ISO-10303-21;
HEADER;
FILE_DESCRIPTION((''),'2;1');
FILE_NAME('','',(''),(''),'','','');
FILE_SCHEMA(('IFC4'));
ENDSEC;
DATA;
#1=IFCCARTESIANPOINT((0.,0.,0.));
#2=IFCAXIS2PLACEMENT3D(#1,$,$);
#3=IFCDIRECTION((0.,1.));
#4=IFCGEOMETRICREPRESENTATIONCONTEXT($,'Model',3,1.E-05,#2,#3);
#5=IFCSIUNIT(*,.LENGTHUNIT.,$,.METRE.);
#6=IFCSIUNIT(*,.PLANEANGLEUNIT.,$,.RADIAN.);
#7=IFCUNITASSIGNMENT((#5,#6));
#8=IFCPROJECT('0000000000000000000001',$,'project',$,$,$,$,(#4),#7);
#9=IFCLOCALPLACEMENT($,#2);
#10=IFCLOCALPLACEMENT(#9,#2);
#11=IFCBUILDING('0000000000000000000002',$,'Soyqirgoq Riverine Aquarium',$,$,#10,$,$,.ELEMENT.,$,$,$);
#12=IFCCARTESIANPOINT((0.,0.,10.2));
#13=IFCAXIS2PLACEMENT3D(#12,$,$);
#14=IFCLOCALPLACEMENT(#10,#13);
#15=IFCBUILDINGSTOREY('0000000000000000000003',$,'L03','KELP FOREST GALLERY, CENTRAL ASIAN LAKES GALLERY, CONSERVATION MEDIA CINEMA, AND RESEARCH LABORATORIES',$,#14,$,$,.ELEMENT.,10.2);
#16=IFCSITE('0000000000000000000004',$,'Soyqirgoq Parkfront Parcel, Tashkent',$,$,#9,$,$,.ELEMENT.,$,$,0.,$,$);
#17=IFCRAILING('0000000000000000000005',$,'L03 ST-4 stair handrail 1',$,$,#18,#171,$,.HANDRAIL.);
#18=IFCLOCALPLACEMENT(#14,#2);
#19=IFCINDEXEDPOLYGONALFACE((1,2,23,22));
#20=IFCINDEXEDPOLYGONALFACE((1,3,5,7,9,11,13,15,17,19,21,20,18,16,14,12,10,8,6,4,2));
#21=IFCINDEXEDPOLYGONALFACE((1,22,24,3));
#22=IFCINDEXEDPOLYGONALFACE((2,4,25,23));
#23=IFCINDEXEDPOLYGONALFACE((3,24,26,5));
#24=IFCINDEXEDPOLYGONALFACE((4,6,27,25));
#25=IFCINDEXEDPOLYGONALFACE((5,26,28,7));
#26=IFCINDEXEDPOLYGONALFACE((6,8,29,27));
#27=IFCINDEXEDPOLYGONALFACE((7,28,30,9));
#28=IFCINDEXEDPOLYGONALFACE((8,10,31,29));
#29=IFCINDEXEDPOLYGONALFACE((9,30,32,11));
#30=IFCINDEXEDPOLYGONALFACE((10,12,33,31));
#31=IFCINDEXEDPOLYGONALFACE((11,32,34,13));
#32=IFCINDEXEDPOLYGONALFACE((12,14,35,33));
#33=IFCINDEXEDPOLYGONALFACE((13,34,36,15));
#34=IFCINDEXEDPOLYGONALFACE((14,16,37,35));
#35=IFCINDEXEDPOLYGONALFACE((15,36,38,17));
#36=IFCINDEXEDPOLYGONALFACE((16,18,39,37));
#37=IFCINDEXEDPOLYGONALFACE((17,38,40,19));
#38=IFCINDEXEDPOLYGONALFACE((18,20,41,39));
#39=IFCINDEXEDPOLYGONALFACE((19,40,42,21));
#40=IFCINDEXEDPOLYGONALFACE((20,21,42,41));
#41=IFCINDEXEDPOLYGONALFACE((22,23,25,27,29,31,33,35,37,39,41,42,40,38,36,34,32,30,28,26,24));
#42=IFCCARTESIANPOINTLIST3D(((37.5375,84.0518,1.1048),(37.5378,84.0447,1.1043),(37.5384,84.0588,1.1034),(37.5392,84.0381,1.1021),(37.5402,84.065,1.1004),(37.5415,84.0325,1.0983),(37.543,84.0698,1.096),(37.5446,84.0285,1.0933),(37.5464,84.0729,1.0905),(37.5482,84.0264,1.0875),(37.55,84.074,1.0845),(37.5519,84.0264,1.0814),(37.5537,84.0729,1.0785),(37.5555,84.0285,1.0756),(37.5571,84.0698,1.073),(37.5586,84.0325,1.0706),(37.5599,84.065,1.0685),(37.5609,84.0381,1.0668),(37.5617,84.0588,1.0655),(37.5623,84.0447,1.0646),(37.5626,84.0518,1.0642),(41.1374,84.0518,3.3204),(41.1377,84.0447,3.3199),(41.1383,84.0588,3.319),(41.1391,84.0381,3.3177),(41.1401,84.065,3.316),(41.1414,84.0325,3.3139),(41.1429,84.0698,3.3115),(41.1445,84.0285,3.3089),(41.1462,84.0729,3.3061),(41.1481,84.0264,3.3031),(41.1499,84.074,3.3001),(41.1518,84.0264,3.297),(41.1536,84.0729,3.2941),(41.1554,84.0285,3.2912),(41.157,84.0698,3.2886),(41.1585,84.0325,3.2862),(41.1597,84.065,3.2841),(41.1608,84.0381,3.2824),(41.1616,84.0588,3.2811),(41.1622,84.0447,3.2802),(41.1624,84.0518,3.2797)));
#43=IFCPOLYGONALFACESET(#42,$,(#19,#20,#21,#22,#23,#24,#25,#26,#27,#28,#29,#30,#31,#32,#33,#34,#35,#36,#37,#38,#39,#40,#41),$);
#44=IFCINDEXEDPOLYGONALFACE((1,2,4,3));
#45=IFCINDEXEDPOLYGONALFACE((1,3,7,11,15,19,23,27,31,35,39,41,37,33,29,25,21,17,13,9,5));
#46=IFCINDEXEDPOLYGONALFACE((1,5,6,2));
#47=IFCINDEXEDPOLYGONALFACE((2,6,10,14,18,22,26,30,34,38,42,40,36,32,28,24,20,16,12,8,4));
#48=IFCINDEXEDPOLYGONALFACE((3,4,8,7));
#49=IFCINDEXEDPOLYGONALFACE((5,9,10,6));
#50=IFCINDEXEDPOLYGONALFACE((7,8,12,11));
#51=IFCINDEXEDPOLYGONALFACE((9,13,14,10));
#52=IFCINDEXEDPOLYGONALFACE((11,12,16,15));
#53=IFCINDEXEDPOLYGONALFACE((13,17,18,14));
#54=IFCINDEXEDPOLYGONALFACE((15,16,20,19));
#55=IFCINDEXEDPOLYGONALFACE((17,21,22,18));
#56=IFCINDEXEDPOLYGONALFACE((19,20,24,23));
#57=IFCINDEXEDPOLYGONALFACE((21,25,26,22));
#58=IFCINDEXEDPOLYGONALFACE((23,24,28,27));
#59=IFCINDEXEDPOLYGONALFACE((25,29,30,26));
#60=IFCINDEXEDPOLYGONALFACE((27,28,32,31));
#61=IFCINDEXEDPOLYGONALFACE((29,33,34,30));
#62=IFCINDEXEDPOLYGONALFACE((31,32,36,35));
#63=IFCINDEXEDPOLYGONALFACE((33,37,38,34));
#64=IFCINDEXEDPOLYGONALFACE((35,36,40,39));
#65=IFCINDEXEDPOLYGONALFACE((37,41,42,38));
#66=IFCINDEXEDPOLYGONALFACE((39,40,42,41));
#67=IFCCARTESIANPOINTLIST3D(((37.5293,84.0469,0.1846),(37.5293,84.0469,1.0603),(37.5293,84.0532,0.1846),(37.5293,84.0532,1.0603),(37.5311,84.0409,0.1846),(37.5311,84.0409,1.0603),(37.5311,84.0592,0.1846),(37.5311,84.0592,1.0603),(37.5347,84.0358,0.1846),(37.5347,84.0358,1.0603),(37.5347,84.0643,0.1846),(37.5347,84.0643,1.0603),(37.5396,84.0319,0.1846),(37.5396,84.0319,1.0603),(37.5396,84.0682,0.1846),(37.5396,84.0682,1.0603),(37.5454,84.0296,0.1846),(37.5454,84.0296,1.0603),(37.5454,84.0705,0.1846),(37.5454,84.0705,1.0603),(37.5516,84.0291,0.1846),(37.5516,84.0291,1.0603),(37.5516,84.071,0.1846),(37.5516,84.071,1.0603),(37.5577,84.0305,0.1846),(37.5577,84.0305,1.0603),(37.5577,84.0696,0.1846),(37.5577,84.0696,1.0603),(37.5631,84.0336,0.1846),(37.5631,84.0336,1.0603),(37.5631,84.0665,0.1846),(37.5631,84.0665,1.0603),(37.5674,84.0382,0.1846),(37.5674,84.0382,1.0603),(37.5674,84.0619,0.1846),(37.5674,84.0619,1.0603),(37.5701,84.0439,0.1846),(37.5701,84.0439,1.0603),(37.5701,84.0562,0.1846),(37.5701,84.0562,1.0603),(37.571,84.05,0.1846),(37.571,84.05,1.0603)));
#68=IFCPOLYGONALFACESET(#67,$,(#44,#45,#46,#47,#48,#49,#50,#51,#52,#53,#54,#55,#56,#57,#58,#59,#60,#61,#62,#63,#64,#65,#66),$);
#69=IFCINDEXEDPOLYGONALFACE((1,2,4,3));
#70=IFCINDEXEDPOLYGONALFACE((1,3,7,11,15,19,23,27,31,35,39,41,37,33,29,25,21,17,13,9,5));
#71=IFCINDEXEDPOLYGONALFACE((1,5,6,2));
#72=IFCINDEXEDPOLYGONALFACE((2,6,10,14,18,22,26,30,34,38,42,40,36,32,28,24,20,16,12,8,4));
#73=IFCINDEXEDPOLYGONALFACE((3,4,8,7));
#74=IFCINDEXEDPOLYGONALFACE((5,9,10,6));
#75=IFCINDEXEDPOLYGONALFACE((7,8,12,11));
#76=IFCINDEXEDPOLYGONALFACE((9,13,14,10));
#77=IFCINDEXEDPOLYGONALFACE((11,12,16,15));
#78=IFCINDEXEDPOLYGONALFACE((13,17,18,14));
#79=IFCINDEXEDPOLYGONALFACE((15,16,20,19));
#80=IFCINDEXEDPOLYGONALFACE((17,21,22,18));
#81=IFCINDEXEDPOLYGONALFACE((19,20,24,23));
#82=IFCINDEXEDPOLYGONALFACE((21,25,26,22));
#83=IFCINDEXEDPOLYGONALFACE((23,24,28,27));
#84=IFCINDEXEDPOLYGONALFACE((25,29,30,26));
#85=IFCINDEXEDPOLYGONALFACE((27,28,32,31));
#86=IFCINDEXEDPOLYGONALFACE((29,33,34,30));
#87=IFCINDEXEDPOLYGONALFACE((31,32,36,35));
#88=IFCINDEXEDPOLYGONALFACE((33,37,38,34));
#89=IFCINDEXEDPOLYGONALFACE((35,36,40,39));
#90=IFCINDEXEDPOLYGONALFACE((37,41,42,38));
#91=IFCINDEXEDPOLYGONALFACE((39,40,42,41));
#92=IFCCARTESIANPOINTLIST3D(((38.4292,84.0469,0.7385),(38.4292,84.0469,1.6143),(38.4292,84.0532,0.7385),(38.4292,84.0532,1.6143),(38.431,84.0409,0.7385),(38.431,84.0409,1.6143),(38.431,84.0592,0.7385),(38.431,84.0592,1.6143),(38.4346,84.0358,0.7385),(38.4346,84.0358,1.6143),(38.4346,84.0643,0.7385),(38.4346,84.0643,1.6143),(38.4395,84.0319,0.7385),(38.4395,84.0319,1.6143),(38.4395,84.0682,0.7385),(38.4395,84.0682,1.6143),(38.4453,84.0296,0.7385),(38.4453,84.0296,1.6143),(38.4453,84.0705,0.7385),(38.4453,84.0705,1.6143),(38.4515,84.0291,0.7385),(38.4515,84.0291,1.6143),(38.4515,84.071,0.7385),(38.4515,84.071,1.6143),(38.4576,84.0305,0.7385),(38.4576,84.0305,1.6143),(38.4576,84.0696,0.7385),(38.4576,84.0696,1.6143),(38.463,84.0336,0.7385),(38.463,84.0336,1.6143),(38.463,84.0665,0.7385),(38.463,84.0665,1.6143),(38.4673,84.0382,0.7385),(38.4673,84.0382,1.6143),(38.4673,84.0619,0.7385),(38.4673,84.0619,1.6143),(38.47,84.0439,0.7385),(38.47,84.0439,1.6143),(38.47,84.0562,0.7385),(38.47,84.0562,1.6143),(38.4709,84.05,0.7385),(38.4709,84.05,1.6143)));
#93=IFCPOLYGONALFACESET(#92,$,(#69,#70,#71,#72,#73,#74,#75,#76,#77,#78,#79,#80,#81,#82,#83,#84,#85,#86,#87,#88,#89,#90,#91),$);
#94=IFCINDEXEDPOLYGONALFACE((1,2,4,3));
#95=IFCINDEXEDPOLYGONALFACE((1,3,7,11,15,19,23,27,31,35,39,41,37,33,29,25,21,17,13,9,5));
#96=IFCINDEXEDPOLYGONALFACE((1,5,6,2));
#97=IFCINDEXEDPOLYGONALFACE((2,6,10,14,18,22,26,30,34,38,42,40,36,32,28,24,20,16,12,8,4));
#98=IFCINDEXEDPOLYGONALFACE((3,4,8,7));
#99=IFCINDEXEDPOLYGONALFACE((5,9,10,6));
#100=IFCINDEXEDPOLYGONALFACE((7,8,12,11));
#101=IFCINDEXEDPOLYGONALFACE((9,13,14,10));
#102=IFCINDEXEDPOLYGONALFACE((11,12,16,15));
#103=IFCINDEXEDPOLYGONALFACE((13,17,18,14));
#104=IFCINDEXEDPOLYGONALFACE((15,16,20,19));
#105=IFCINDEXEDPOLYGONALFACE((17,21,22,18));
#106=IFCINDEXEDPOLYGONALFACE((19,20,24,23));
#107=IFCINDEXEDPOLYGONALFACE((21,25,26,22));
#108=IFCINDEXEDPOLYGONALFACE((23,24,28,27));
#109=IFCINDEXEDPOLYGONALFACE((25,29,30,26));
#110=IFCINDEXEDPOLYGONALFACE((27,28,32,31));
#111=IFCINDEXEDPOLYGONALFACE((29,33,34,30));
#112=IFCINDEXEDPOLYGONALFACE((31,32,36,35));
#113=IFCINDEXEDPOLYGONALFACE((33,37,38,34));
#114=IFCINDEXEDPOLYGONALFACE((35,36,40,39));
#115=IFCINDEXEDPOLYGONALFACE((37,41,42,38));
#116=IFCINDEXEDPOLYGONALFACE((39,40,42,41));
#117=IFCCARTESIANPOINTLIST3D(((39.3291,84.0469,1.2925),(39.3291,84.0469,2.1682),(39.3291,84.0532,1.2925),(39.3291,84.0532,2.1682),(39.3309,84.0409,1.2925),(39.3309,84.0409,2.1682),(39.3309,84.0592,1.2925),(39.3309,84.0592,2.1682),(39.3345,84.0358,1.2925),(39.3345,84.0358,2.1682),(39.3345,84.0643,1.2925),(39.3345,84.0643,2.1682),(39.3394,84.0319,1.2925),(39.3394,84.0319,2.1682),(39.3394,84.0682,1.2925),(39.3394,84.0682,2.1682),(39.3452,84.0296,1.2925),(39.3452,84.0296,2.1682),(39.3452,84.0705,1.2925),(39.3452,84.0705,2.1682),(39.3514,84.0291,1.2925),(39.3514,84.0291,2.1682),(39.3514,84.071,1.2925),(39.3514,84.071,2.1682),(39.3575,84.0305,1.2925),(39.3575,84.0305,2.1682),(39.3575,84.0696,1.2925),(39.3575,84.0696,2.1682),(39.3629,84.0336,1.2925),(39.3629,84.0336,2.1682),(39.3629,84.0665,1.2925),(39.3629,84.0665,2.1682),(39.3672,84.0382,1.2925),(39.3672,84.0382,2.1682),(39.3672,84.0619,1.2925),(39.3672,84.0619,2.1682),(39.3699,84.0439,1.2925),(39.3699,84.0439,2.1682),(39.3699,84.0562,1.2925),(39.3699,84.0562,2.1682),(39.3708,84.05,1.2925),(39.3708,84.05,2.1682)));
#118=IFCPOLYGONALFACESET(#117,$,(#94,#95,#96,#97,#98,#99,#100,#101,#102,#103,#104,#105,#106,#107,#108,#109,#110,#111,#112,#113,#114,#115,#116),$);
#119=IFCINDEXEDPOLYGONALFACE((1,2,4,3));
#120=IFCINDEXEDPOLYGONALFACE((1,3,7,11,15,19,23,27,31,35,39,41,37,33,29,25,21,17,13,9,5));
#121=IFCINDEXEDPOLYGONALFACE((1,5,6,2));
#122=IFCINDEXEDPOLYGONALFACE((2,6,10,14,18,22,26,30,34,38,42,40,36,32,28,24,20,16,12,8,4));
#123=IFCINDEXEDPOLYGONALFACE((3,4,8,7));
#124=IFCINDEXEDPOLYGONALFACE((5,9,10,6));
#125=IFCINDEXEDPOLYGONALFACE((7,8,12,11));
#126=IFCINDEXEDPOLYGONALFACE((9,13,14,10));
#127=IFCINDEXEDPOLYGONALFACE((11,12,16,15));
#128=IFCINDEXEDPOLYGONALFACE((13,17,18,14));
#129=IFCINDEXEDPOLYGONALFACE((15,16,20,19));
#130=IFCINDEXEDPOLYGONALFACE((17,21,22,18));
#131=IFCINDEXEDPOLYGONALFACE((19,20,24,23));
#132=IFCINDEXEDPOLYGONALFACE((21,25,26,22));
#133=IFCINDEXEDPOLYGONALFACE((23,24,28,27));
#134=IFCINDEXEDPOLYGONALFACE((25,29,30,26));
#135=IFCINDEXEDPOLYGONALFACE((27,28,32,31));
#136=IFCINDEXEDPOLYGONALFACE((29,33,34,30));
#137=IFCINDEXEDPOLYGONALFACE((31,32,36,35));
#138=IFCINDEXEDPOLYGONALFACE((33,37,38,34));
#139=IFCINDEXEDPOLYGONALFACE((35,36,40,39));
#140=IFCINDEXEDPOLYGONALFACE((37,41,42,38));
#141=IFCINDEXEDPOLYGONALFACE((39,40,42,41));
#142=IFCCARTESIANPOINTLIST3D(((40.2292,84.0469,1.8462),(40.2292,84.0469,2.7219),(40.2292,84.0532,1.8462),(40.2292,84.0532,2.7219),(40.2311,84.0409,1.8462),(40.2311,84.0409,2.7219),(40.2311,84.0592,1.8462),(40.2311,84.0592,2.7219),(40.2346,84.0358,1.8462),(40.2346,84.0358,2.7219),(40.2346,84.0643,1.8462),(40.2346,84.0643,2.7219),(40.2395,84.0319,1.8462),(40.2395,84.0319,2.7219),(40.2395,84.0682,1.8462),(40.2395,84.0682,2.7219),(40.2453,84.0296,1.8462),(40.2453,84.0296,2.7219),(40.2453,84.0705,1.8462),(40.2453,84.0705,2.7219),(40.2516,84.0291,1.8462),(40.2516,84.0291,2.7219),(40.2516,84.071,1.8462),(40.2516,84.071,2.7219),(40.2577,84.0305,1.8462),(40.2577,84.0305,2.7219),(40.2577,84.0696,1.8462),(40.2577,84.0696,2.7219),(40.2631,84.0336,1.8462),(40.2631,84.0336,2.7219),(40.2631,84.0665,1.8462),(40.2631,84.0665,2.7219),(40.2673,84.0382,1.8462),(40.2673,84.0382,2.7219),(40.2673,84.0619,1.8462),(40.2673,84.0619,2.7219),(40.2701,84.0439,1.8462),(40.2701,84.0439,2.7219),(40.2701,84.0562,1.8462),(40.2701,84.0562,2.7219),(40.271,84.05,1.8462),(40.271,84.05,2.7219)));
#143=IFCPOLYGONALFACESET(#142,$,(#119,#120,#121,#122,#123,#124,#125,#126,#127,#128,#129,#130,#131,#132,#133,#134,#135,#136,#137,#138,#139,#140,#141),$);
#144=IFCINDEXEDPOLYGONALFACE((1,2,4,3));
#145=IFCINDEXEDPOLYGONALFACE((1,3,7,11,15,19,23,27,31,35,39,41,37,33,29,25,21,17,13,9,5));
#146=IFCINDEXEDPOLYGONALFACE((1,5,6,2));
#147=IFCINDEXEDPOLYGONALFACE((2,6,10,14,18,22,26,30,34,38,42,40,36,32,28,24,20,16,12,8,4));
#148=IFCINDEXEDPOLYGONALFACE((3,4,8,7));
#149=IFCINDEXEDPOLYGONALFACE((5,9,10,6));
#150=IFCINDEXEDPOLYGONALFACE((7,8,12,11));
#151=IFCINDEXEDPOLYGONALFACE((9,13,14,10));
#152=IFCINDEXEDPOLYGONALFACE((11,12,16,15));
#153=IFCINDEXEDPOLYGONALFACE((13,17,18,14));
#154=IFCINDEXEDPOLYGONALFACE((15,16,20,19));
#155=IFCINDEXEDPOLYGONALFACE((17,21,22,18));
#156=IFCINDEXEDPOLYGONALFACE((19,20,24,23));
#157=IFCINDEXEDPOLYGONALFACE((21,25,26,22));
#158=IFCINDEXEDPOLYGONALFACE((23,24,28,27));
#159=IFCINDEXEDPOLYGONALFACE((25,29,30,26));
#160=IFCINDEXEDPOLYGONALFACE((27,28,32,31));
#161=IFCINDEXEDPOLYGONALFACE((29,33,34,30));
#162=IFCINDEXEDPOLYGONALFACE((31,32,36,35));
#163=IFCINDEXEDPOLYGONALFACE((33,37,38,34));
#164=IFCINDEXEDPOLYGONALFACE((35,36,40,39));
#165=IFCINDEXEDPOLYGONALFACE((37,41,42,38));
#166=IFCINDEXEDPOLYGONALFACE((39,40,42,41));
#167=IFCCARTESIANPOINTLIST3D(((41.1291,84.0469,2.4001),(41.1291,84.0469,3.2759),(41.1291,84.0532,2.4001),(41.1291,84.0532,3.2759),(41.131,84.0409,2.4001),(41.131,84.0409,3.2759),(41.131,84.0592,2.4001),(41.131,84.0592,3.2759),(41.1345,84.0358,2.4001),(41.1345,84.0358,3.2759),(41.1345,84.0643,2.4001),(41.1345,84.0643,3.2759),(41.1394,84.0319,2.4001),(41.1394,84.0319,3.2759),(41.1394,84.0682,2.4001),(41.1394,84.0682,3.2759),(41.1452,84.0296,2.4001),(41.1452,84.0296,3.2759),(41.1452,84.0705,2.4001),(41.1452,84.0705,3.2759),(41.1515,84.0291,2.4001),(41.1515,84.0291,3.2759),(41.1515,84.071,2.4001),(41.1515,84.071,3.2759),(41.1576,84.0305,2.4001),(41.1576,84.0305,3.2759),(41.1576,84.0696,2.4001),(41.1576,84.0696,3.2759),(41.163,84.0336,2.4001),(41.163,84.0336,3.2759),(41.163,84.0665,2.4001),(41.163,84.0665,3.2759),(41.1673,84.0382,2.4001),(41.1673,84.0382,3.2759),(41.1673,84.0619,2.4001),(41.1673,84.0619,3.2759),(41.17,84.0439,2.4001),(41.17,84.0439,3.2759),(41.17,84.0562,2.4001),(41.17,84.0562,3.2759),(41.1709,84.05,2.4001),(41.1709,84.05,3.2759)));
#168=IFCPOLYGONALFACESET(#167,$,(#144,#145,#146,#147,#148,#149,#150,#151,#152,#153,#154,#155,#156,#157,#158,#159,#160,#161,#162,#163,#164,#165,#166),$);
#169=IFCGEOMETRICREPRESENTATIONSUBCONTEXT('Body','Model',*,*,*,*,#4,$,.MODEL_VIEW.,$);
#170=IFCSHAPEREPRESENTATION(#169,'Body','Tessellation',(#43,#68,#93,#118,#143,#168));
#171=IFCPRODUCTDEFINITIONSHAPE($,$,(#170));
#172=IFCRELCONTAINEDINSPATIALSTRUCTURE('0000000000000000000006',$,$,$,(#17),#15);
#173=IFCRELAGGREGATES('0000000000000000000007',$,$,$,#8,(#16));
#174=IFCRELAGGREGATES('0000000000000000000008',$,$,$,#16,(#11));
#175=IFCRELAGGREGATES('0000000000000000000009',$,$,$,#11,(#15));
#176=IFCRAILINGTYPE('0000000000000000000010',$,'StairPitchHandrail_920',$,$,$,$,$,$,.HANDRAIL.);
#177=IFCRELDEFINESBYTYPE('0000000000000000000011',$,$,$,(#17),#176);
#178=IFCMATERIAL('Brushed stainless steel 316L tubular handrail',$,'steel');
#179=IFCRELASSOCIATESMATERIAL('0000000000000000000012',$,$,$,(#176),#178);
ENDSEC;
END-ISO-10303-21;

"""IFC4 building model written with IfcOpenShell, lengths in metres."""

from ifc_helpers import new_model, si_unit, direction, frame, origin, origin_2d, place, context, subcontext, project, spatial, circle, extrude, material, type_object, element, save


model = new_model("IFC4")

# Units and contexts
model_context = context("Model", 3, precision=1e-05, world=origin(), true_north=direction((0.0, 1.0)))
body_context = subcontext(model_context, "Body", "Model", "MODEL_VIEW")
ifc_project = project(units=[si_unit("LENGTHUNIT", "METRE"), si_unit("PLANEANGLEUNIT", "RADIAN")], contexts=[model_context])

# Site, building, storey
site_placement = place(None, origin())
site = spatial("IfcSite", under=ifc_project, at=site_placement, Name="Soyqirgoq Parkfront Parcel, Tashkent", CompositionType="ELEMENT", RefElevation=0.0)
building_placement = place(site_placement, origin())
building = spatial("IfcBuilding", under=site, at=building_placement, Name="Soyqirgoq Riverine Aquarium", CompositionType="ELEMENT")
storey_placement = place(building_placement, frame((0.0, 0.0, 10.2)))
storey = spatial("IfcBuildingStorey", under=building, at=storey_placement, Name="L03", Description="KELP FOREST GALLERY, CENTRAL ASIAN LAKES GALLERY, CONSERVATION MEDIA CINEMA, AND RESEARCH LABORATORIES", CompositionType="ELEMENT", Elevation=10.2)

# Railing
ifc_material_1 = material(Name="Brushed stainless steel 316L tubular handrail", Category="steel")
railing_type_1 = type_object("IfcRailingType", Name="StairPitchHandrail_920", PredefinedType="HANDRAIL", material=ifc_material_1)
railing_1_placement = place(storey_placement, frame((37.55, 84.05, 0.1846)))
element("IfcRailing", 1, at=railing_1_placement, inside=storey, type_object=railing_type_1, Name="L03 ST-4 stair handrail 1", PredefinedType="HANDRAIL", context=body_context, shape_type="SweptSolid", body=[
    extrude(circle(Radius=0.0239, at=origin_2d()), frame((0.0, 0.0, 0.8999), z_axis=(0.851629, 0.0, 0.524146), x_axis=(0.0, 1.0, 0.0)), (0.0, 0.0, 1.0), 4.2271),
    extrude(circle(Radius=0.021, at=origin_2d()), origin(), (0.0, 0.0, 1.0), 0.8757),
    extrude(circle(Radius=0.021, at=origin_2d()), frame((0.8999, 0.0, 0.554)), (0.0, 0.0, 1.0), 0.8757),
    extrude(circle(Radius=0.021, at=origin_2d()), frame((1.7998, 0.0, 1.1079)), (0.0, 0.0, 1.0), 0.8757),
    extrude(circle(Radius=0.021, at=origin_2d()), frame((2.7, 0.0, 1.6616)), (0.0, 0.0, 1.0), 0.8757),
    extrude(circle(Radius=0.021, at=origin_2d()), frame((3.5999, 0.0, 2.2156)), (0.0, 0.0, 1.0), 0.8757),
])

save(model, "model.ifc")
